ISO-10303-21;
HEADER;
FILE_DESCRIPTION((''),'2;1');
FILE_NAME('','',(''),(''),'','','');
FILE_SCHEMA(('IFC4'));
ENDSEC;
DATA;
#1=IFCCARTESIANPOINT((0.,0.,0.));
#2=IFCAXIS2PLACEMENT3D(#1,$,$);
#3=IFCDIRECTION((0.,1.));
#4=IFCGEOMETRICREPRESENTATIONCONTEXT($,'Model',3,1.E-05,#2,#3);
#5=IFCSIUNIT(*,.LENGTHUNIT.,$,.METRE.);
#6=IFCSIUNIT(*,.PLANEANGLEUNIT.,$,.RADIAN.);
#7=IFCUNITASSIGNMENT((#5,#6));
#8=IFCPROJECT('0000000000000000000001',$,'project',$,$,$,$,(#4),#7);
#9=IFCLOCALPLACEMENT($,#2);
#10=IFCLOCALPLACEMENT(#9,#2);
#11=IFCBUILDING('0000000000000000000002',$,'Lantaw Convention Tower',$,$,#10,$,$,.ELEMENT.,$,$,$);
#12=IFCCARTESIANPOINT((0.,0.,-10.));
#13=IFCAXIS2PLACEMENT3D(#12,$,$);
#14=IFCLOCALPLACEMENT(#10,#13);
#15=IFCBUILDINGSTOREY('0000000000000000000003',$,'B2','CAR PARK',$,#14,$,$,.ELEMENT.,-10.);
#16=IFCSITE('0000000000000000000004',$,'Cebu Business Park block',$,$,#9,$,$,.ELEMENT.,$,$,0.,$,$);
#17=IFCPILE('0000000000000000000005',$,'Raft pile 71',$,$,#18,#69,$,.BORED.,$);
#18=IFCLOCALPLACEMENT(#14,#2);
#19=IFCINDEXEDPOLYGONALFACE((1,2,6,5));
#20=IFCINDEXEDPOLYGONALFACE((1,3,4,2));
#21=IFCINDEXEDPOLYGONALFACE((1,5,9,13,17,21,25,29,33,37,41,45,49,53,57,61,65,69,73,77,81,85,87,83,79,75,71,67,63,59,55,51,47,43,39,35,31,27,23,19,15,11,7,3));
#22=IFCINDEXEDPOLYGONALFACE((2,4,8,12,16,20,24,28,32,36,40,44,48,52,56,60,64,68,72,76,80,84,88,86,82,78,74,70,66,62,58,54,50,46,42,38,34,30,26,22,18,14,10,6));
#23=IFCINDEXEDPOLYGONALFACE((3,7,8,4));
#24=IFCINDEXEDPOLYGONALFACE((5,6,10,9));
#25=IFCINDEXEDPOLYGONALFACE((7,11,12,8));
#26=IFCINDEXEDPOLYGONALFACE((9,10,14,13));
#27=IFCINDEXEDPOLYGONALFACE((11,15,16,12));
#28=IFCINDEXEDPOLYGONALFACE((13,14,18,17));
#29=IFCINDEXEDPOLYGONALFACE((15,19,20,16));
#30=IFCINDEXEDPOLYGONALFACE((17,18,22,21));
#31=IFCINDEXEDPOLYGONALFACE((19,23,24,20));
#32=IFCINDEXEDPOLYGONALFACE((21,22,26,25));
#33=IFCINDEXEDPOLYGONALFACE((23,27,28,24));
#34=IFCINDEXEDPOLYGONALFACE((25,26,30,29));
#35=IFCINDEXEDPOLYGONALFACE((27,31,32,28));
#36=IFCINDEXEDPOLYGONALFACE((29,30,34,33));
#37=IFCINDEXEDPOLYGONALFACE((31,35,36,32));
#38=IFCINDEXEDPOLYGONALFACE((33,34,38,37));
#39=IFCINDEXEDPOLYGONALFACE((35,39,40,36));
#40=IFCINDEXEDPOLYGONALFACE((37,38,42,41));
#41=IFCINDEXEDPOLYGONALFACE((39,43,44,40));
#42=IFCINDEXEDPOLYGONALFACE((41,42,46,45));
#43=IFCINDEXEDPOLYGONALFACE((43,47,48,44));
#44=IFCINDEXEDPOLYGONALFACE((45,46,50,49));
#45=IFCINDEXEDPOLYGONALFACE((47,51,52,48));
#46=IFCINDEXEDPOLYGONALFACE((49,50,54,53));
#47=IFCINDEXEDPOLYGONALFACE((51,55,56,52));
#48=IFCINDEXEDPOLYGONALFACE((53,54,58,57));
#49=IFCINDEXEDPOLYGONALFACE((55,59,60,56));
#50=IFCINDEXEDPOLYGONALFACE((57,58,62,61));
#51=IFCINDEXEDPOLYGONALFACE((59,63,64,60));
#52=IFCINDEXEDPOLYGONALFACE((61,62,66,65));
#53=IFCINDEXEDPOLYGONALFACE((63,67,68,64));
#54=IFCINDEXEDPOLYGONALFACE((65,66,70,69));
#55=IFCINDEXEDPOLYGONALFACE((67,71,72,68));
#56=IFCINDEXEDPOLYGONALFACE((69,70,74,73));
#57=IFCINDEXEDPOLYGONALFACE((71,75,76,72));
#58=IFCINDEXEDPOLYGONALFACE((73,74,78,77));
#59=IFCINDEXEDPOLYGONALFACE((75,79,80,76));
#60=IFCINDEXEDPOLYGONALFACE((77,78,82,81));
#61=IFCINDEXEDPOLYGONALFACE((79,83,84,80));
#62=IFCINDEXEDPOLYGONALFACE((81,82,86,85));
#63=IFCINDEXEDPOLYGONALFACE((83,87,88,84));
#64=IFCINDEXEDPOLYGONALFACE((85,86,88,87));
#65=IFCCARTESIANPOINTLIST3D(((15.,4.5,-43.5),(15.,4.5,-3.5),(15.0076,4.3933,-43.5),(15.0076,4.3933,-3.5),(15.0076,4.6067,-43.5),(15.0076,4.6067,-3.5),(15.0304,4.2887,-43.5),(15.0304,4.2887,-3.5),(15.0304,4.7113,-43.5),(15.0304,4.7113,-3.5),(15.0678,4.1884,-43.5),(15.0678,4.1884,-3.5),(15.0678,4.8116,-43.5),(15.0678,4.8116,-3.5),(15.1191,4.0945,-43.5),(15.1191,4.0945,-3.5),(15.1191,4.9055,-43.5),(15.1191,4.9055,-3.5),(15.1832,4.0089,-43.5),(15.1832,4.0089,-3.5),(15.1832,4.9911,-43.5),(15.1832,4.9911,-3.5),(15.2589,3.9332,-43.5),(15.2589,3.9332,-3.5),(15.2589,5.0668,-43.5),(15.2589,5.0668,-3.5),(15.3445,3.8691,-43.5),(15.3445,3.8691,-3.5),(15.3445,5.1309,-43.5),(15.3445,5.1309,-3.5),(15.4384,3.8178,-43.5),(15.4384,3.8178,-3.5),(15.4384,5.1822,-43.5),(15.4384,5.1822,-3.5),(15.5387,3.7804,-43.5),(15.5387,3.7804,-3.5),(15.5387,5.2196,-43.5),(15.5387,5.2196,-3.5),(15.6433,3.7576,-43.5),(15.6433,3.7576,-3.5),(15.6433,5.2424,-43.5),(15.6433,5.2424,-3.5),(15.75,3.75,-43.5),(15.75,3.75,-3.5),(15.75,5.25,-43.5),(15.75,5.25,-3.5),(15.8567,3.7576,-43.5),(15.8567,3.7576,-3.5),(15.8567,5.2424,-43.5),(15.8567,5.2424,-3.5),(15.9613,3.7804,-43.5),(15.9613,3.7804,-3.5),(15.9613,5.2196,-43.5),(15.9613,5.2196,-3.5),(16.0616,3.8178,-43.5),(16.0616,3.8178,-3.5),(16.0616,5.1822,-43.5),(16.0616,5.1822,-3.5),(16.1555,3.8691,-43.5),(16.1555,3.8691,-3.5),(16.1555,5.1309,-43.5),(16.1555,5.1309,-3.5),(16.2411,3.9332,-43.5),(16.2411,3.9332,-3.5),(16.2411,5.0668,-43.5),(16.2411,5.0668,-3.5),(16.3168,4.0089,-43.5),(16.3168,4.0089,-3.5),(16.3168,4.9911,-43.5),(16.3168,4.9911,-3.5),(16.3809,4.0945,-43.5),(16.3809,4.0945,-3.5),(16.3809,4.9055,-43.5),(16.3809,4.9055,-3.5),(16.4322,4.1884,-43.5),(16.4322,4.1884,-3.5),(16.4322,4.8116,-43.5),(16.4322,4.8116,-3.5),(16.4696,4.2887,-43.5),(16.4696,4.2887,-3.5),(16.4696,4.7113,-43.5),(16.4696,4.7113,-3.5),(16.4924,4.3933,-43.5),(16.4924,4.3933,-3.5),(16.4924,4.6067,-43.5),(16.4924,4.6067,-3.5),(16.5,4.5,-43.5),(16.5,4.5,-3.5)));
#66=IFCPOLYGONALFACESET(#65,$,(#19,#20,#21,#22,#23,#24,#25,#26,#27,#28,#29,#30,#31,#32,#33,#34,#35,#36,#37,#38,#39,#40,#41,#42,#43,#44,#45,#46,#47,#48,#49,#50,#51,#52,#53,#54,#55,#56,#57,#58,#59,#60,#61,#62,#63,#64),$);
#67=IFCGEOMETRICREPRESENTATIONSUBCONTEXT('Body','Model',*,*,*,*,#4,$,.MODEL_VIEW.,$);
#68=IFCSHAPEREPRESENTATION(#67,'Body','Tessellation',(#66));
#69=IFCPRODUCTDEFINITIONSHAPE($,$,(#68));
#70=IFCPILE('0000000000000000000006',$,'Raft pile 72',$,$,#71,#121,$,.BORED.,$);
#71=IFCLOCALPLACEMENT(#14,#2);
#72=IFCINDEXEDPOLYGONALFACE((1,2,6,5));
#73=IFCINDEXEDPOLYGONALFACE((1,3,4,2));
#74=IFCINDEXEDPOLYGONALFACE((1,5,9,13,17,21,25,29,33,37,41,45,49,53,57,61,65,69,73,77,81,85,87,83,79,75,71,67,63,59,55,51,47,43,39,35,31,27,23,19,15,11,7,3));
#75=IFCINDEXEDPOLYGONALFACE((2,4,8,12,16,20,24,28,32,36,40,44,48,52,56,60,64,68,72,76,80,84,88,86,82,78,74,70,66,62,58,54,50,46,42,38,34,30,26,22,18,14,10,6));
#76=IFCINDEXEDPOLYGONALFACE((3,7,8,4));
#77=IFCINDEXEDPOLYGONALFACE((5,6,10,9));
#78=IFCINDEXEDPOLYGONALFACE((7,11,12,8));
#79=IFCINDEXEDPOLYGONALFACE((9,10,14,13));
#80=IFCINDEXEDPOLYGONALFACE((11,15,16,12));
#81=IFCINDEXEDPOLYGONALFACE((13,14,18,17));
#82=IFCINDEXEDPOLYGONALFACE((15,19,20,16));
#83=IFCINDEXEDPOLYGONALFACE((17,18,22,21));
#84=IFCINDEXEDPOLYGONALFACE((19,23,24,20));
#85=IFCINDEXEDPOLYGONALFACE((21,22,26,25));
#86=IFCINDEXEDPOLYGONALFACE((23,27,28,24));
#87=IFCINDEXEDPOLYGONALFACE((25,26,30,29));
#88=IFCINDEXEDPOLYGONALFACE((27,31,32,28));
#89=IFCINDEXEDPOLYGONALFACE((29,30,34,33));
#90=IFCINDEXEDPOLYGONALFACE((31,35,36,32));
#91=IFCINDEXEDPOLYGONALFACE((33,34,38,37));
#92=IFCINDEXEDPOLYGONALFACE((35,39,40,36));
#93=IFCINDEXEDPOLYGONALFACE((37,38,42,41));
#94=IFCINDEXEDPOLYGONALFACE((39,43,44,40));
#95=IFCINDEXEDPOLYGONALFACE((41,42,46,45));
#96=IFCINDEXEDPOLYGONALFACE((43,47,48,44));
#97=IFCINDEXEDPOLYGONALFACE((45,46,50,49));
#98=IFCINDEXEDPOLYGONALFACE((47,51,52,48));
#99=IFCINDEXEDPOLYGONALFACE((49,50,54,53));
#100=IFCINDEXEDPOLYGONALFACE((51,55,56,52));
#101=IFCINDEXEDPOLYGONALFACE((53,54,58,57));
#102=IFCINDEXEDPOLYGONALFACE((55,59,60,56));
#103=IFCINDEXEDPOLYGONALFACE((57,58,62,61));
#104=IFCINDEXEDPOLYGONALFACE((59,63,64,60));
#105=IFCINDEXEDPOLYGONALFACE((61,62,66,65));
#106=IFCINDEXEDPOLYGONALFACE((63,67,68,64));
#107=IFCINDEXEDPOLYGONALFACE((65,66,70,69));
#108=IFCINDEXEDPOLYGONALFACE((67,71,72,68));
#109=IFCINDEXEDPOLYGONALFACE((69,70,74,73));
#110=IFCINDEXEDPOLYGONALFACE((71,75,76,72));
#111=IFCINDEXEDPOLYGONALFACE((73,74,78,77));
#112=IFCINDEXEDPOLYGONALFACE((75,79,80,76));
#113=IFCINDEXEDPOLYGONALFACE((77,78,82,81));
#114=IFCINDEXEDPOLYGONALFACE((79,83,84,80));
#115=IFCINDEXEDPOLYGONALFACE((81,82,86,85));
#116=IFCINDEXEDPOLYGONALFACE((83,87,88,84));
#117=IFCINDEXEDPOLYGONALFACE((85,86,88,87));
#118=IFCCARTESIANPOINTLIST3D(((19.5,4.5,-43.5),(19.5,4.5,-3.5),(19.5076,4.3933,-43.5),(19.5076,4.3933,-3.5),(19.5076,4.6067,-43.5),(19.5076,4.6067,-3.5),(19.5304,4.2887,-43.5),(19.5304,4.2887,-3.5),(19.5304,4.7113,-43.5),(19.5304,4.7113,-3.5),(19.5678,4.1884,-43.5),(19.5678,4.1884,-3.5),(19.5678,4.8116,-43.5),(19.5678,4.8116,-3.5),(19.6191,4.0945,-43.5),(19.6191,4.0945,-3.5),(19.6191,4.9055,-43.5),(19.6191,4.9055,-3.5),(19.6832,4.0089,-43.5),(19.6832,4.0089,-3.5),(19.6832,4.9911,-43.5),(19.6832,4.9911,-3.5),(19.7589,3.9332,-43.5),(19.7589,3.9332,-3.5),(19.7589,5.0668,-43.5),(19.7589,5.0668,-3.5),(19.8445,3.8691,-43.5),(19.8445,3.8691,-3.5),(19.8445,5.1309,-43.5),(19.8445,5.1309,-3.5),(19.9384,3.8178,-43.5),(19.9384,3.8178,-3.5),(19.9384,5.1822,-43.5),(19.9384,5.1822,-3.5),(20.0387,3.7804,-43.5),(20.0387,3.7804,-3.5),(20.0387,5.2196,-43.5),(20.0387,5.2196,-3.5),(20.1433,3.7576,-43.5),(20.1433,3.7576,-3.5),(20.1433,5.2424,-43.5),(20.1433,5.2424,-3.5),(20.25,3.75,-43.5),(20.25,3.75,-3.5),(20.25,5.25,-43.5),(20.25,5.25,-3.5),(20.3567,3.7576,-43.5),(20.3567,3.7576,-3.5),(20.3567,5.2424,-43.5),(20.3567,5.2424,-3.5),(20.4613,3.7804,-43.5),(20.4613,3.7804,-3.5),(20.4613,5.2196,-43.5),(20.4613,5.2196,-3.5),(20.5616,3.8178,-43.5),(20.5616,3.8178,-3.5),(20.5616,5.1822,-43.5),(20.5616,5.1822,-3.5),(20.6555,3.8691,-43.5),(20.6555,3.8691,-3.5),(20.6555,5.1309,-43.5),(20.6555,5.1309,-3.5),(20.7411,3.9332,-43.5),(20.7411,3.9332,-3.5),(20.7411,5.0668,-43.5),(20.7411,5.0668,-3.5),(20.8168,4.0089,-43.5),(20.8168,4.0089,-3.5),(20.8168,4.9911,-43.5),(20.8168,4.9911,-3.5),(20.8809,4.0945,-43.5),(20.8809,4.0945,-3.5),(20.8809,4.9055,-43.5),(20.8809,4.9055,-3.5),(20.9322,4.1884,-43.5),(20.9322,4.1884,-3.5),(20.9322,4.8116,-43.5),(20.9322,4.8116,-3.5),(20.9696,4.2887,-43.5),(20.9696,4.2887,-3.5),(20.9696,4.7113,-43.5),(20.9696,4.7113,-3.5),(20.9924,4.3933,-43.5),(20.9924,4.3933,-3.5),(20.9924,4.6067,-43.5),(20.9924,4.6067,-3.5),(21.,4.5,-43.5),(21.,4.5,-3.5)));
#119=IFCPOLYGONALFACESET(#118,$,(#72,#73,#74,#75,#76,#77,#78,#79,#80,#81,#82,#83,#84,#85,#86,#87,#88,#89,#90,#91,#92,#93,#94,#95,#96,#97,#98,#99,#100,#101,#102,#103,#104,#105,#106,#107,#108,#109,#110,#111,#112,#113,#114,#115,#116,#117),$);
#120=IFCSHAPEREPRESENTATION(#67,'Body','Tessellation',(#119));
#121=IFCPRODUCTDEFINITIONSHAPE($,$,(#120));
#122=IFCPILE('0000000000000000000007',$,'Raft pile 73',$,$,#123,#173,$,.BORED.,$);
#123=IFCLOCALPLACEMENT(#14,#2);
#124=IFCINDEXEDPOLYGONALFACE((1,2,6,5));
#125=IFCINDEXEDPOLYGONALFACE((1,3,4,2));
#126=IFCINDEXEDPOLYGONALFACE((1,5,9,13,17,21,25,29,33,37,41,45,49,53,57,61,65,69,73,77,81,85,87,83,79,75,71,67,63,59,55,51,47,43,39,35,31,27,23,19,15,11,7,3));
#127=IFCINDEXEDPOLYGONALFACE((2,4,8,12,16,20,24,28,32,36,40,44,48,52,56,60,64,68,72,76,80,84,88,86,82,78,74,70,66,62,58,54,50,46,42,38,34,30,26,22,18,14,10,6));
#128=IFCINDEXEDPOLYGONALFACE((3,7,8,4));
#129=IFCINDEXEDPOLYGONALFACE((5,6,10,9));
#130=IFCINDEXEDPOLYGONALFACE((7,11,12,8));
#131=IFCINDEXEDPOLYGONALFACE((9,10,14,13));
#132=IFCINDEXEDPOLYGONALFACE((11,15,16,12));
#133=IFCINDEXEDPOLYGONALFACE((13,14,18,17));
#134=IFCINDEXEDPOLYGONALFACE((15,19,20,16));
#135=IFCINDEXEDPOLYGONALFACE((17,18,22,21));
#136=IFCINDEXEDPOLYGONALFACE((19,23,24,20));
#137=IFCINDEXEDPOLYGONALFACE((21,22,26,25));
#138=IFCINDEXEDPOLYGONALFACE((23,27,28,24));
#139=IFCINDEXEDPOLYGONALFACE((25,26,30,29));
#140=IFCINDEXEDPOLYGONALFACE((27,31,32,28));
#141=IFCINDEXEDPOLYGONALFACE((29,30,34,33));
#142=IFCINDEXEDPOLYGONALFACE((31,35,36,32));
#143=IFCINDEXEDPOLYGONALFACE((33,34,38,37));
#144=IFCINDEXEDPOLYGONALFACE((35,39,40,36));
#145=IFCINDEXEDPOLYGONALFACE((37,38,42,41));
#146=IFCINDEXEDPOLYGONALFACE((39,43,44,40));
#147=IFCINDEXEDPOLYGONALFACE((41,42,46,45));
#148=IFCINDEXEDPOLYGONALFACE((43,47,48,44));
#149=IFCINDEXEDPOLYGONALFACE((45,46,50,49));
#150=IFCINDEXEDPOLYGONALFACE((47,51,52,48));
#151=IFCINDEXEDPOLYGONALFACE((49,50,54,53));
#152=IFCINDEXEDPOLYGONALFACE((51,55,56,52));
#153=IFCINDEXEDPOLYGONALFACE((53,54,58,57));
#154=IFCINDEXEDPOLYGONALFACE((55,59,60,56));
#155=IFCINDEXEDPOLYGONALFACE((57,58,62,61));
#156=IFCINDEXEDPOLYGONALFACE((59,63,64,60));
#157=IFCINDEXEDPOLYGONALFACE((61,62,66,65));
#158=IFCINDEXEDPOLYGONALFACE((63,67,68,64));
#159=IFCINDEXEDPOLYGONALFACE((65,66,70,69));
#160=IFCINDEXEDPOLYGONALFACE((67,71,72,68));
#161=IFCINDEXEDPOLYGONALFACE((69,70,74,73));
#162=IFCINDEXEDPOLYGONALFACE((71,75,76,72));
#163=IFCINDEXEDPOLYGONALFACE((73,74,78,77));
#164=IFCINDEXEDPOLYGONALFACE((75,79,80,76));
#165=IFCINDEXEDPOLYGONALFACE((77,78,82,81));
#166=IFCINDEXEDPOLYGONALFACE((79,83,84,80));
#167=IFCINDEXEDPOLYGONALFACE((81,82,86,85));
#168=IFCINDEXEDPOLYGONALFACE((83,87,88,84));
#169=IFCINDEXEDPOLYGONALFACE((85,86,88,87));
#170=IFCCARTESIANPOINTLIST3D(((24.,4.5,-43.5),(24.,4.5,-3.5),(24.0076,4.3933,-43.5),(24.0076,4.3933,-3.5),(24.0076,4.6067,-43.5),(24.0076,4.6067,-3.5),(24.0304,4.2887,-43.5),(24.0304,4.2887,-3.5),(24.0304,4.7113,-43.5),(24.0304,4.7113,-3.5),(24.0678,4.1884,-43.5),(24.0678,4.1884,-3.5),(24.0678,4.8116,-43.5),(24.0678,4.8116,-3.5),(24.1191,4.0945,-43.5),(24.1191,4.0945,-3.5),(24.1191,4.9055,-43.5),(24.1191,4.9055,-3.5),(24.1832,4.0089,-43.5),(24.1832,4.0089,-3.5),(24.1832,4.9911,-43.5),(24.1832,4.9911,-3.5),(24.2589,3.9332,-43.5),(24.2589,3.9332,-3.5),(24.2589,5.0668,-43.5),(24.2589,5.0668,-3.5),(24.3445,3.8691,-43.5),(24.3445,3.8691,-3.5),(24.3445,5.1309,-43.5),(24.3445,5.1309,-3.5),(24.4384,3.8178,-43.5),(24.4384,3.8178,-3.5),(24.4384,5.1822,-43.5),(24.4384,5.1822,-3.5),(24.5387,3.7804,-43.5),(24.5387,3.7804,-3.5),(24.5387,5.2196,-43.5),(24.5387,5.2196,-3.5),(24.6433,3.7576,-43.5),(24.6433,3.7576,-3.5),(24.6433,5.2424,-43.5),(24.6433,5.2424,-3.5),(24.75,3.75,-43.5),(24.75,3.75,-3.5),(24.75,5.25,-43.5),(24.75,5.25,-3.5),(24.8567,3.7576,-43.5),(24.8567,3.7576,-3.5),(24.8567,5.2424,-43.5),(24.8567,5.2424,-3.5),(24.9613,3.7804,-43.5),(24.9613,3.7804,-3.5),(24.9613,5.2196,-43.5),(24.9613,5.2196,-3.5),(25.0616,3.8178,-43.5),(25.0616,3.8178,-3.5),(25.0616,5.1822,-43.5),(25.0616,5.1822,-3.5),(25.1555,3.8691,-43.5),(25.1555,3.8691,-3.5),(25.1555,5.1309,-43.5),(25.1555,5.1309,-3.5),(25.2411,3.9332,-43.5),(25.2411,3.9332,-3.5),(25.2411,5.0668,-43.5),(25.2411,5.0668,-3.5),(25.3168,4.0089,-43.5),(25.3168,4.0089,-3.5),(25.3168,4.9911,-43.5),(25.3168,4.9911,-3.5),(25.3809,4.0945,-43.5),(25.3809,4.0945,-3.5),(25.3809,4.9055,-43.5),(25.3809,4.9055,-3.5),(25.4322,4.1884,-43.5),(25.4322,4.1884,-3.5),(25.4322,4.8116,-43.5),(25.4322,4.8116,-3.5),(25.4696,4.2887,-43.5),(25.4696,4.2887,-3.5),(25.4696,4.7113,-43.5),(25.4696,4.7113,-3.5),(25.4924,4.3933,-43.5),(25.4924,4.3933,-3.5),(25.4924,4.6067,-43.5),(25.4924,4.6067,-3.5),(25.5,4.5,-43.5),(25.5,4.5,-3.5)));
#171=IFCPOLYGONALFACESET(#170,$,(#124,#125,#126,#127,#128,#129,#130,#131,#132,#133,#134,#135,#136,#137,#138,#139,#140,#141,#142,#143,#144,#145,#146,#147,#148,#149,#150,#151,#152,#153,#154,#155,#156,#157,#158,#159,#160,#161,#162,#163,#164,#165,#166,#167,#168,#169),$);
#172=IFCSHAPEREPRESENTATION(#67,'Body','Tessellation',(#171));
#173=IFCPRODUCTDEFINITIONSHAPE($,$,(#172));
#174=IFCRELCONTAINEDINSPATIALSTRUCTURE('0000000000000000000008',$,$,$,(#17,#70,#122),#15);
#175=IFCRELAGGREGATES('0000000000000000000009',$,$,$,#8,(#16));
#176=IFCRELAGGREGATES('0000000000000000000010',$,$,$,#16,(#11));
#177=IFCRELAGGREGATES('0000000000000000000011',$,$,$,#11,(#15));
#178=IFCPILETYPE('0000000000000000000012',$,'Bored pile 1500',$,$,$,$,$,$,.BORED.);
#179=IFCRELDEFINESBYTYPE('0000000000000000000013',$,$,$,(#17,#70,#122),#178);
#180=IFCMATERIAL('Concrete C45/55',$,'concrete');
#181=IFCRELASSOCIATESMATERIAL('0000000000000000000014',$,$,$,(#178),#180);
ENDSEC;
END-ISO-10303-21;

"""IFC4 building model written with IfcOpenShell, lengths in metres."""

from ifc_helpers import new_model, si_unit, direction, frame, origin, origin_2d, place, context, subcontext, project, spatial, circle, extrude, material, material_profile, profile_set, type_object, element, save


model = new_model("IFC4")

# Units and contexts
model_context = context("Model", 3, precision=1e-05, world=origin(), true_north=direction((0.0, 1.0)))
body_context = subcontext(model_context, "Body", "Model", "MODEL_VIEW")
ifc_project = project(units=[si_unit("LENGTHUNIT", "METRE"), si_unit("PLANEANGLEUNIT", "RADIAN")], contexts=[model_context])

# Site, building, storey
site_placement = place(None, origin())
site = spatial("IfcSite", under=ifc_project, at=site_placement, Name="Cebu Business Park block", CompositionType="ELEMENT", RefElevation=0.0)
building_placement = place(site_placement, origin())
building = spatial("IfcBuilding", under=site, at=building_placement, Name="Lantaw Convention Tower", CompositionType="ELEMENT")
storey_placement = place(building_placement, frame((0.0, 0.0, -10.0)))
storey = spatial("IfcBuildingStorey", under=building, at=storey_placement, Name="B2", Description="CAR PARK", CompositionType="ELEMENT", Elevation=-10.0)

# Piles
ifc_material_1 = material(Name="Concrete C45/55", Category="concrete")
ifc_material_profile_1 = material_profile(ifc_material_1, circle(Radius=0.75, at=origin_2d()), Name="Bored pile 1500")
ifc_profile_set_1 = profile_set([ifc_material_profile_1], Name="Concrete C45/55")
pile_type_1 = type_object("IfcPileType", Name="Bored pile 1500", PredefinedType="BORED", material=ifc_profile_set_1)
for number, where, z_axis, x_axis, name in (
    (1, (15.75, 4.5, -3.5), (0.0, 0.0, -1.0), (1.0, 0.0, 0.0), "Raft pile 71"),
    (2, (20.25, 4.5, -3.5), (0.0, 0.0, -1.0), (1.0, 0.0, 0.0), "Raft pile 72"),
    (3, (24.75, 4.5, -3.5), (0.0, 0.0, -1.0), (1.0, 0.0, 0.0), "Raft pile 73"),
):
    element("IfcPile", number, at=place(storey_placement, frame(where, z_axis=z_axis, x_axis=x_axis)), inside=storey, type_object=pile_type_1, Name=name, PredefinedType="BORED", context=body_context, shape_type="SweptSolid", body=[
        extrude(circle(Radius=0.75, at=origin_2d()), origin(), (0.0, 0.0, 1.0), 40.0),
    ])

save(model, "model.ifc")
